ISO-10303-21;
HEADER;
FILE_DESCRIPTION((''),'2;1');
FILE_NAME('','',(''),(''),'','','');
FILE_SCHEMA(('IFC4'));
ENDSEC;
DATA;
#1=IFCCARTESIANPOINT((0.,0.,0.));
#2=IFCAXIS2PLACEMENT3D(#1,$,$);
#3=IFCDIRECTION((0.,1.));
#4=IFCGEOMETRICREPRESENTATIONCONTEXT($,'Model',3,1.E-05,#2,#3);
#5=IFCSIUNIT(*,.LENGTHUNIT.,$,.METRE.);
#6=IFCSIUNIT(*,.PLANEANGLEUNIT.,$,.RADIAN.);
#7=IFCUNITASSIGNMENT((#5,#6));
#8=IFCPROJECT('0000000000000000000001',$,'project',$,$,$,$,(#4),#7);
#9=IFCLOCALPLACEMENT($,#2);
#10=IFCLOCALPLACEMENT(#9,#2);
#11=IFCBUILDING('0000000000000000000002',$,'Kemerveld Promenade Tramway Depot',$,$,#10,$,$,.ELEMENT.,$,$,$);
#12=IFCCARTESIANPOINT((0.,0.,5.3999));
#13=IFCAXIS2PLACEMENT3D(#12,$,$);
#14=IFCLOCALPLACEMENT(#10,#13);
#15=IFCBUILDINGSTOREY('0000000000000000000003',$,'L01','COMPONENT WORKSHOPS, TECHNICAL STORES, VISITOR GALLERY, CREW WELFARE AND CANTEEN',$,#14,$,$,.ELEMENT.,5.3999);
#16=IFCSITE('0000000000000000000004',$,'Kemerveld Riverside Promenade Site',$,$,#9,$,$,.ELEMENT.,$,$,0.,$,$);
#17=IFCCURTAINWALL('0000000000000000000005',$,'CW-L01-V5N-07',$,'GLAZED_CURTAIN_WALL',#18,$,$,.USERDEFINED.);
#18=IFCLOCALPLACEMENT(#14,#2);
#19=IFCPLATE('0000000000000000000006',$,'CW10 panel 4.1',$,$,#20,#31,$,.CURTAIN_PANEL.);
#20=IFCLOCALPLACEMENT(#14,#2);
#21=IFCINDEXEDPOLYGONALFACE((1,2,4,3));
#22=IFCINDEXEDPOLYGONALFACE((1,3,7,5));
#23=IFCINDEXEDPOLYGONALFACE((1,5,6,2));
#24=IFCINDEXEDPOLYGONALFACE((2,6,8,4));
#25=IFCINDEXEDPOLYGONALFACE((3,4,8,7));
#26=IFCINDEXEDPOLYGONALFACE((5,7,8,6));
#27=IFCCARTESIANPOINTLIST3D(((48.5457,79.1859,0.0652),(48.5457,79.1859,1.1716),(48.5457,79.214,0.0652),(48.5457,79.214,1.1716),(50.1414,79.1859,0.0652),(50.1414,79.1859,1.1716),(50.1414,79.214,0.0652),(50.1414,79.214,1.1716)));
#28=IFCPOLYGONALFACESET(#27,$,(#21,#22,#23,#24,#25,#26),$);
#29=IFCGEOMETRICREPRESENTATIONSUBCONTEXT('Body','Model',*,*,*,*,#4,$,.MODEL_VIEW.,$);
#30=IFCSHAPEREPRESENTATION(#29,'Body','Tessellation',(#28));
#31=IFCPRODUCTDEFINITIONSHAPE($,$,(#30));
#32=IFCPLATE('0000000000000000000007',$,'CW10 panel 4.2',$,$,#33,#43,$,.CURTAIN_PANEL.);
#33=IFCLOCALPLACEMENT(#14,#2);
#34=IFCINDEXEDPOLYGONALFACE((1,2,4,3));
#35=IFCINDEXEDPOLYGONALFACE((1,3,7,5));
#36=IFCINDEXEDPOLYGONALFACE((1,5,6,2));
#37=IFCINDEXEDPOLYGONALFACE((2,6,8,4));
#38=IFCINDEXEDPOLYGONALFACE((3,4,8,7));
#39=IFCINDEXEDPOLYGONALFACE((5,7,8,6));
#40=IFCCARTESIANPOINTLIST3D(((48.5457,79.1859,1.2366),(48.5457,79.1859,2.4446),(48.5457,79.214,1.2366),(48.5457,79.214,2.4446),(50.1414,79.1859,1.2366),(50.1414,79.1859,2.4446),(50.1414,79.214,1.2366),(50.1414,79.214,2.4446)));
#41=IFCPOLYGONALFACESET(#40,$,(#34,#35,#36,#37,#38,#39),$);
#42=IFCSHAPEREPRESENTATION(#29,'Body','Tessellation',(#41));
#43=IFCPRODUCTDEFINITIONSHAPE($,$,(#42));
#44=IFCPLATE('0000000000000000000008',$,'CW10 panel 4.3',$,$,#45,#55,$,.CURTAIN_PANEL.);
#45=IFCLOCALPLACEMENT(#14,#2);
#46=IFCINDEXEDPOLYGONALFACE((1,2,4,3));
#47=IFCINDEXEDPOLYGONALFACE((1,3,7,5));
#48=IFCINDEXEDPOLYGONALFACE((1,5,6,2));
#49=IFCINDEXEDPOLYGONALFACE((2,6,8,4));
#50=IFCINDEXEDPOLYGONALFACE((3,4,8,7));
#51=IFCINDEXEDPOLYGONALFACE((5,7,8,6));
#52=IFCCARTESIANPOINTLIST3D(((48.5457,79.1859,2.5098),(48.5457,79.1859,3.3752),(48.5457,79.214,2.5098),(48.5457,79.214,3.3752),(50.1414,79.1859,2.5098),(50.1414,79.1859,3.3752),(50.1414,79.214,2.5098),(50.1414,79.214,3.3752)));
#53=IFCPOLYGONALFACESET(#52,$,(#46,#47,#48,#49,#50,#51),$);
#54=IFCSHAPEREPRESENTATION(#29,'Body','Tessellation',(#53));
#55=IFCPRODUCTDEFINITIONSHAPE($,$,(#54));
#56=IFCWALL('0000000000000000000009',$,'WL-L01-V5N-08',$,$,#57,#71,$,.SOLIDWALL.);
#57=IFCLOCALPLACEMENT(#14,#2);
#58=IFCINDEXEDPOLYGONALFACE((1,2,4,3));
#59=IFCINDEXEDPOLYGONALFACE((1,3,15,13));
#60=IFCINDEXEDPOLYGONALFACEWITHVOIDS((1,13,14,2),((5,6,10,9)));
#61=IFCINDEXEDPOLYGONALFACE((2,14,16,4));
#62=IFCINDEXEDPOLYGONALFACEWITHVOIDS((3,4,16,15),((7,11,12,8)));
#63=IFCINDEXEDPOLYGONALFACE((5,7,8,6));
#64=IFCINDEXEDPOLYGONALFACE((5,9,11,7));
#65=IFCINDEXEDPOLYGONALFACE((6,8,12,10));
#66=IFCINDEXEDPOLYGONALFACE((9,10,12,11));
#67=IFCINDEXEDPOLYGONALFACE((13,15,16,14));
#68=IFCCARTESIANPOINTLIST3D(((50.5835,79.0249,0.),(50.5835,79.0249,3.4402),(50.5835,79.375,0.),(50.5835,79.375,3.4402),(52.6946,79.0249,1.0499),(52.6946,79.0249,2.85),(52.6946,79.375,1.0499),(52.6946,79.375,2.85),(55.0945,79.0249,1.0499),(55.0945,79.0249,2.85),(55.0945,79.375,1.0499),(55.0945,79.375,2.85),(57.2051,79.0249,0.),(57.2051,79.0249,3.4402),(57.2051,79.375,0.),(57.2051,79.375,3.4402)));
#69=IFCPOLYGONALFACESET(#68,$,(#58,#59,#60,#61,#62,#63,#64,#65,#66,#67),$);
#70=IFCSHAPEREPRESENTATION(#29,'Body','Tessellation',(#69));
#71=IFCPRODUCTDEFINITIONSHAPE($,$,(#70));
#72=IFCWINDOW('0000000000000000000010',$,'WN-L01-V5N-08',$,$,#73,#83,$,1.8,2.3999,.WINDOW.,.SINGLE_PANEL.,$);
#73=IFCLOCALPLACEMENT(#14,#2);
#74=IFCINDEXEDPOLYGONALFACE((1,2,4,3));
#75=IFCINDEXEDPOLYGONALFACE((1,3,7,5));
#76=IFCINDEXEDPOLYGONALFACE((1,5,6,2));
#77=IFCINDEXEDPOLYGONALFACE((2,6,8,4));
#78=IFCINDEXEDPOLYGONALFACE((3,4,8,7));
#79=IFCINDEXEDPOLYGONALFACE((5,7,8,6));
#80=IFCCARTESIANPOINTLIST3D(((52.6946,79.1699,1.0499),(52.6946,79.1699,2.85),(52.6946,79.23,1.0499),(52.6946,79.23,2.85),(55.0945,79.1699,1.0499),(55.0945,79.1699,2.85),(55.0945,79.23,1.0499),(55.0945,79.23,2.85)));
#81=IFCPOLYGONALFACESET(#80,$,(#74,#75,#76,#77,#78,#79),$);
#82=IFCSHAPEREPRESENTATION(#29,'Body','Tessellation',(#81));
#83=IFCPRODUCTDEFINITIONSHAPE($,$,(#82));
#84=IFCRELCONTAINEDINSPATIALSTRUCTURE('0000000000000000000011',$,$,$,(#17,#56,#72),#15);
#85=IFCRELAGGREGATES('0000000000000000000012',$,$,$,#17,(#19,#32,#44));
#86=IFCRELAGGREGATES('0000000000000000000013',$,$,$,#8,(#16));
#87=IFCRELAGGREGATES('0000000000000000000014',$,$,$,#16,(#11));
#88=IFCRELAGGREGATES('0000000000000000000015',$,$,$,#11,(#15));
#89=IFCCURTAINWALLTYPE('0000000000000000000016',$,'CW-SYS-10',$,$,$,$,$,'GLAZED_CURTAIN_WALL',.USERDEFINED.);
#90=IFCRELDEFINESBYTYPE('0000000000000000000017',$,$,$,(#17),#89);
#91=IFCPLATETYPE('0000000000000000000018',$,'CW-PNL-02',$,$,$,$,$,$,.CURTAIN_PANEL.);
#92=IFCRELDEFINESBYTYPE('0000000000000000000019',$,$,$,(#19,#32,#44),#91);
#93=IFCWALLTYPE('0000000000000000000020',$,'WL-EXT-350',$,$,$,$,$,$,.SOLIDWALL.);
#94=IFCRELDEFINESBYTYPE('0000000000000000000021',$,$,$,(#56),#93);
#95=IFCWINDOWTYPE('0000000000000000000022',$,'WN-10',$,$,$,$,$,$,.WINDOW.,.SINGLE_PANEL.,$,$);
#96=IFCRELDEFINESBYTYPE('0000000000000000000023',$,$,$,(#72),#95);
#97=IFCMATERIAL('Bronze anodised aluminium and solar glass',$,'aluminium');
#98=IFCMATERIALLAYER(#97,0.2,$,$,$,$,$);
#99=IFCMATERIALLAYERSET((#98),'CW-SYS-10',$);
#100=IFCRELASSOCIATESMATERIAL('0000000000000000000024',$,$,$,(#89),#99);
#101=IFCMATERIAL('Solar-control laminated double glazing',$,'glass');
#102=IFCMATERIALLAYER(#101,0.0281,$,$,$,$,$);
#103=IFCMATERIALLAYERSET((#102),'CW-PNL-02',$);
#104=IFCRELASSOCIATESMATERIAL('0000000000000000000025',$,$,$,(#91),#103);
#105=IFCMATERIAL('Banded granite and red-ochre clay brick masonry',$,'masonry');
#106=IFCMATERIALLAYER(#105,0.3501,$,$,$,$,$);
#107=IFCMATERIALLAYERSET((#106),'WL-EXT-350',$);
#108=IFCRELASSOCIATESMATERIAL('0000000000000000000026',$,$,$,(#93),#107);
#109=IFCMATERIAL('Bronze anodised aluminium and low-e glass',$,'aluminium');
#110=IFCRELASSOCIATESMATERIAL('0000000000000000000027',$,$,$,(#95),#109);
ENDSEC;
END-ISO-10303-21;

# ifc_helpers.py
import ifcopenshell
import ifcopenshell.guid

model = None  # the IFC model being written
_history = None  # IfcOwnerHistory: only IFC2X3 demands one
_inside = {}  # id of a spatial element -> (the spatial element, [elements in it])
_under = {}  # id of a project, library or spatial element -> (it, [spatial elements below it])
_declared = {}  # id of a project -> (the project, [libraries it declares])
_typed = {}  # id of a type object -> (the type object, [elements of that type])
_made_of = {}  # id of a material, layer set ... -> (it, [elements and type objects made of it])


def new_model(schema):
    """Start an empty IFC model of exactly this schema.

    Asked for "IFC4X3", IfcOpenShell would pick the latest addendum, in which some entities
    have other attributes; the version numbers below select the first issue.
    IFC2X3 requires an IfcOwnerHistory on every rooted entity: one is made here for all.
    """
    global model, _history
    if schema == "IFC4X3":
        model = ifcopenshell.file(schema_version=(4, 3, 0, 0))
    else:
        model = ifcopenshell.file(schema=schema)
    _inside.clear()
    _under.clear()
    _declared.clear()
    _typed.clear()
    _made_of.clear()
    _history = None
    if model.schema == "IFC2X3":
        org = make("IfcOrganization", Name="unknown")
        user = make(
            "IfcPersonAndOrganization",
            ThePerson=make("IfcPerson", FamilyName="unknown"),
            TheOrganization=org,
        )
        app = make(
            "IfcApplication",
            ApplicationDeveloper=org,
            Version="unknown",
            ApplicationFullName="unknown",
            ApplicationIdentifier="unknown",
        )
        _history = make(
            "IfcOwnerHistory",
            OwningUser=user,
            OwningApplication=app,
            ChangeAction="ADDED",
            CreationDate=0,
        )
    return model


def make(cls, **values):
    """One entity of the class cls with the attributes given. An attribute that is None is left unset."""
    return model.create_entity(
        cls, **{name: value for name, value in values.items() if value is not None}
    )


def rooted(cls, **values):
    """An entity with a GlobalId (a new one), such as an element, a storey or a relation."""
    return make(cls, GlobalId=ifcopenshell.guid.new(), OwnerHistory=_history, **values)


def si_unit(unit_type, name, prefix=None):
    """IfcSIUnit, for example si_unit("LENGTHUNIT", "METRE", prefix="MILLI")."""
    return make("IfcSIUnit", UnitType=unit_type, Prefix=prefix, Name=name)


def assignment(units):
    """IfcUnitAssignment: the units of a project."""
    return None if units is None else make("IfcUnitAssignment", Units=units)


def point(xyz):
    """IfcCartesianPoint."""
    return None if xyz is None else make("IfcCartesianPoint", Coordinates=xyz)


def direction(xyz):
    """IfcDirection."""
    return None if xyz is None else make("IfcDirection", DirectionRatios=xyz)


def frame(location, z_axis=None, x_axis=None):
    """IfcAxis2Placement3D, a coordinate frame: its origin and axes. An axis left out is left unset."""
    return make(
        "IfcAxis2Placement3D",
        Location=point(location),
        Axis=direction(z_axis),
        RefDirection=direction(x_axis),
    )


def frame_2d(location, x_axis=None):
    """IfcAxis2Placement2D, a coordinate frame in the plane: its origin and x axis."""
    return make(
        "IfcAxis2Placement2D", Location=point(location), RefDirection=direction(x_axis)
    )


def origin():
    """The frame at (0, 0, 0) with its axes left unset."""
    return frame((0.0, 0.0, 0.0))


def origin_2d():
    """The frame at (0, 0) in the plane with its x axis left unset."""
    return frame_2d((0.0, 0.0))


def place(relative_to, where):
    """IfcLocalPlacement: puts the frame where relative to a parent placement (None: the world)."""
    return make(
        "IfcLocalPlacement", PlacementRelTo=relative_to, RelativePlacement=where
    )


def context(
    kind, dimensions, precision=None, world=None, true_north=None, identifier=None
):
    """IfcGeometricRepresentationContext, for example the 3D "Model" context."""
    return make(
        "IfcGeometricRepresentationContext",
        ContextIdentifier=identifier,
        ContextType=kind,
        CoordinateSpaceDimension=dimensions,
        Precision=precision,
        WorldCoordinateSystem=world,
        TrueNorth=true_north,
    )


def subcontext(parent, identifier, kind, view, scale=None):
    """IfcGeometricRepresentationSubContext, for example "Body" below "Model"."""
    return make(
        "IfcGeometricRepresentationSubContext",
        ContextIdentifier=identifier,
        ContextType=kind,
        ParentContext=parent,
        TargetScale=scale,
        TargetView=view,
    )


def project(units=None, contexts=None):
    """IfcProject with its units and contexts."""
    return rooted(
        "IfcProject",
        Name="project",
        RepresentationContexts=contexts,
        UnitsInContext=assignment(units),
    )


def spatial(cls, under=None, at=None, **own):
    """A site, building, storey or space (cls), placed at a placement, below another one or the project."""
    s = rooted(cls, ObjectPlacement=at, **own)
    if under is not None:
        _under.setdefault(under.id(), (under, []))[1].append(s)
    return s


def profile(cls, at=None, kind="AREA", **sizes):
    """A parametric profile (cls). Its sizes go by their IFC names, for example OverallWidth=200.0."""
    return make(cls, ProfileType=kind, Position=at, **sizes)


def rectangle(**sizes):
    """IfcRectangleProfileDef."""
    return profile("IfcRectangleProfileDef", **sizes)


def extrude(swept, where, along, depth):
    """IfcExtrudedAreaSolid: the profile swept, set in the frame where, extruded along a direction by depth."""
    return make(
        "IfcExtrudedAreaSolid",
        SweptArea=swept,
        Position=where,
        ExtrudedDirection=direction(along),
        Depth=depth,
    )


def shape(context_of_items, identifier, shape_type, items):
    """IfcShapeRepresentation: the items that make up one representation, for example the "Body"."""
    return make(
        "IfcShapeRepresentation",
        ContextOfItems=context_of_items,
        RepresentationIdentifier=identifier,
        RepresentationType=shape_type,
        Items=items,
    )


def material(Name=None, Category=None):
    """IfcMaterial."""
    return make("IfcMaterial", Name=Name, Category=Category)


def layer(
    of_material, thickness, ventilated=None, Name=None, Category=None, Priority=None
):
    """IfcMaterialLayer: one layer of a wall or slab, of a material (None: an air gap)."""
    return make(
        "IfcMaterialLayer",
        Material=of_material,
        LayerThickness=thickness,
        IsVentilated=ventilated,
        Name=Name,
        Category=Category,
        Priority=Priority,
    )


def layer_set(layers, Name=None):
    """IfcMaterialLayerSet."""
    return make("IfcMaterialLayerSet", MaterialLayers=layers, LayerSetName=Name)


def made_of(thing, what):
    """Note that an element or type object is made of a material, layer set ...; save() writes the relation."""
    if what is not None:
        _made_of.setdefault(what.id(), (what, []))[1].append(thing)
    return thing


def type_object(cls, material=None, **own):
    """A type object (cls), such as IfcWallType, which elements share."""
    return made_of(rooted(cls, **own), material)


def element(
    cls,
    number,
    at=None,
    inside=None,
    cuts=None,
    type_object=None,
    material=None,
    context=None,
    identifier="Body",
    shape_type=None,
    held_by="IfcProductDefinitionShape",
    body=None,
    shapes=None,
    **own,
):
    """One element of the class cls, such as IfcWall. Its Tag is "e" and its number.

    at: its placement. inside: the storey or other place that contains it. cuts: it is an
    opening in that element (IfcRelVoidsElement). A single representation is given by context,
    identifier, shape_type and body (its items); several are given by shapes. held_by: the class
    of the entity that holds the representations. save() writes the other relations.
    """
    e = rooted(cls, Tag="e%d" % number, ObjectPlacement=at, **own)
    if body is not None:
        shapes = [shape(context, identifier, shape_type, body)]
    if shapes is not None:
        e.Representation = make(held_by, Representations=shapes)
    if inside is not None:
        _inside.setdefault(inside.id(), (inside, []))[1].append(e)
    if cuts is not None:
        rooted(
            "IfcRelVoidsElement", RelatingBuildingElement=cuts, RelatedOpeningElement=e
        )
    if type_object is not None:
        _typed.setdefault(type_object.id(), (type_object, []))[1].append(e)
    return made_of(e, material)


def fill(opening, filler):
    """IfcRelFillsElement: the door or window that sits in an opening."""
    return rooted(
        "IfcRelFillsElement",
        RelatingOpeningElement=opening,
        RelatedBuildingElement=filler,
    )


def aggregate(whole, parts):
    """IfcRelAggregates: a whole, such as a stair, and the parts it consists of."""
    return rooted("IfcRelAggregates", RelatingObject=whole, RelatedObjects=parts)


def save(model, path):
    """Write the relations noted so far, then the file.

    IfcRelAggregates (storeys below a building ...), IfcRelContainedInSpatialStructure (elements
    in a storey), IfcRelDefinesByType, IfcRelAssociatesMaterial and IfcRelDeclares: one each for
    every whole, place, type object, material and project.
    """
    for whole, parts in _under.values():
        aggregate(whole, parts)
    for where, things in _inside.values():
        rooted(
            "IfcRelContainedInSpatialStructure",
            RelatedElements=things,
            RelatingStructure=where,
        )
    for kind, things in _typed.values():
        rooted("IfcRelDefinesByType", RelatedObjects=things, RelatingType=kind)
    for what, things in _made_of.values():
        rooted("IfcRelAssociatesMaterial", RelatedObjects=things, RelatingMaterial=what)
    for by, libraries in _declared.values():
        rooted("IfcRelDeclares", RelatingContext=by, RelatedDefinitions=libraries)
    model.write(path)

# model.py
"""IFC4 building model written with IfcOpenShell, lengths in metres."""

from ifc_helpers import new_model, si_unit, direction, frame, frame_2d, origin, origin_2d, place, context, subcontext, project, spatial, rectangle, extrude, material, layer, layer_set, type_object, element, fill, aggregate, save


model = new_model("IFC4")

# Units and contexts
model_context = context("Model", 3, precision=1e-05, world=origin(), true_north=direction((0.0, 1.0)))
body_context = subcontext(model_context, "Body", "Model", "MODEL_VIEW")
ifc_project = project(units=[si_unit("LENGTHUNIT", "METRE"), si_unit("PLANEANGLEUNIT", "RADIAN")], contexts=[model_context])

# Site, building, storey
site_placement = place(None, origin())
site = spatial("IfcSite", under=ifc_project, at=site_placement, Name="Kemerveld Riverside Promenade Site", CompositionType="ELEMENT", RefElevation=0.0)
building_placement = place(site_placement, origin())
building = spatial("IfcBuilding", under=site, at=building_placement, Name="Kemerveld Promenade Tramway Depot", CompositionType="ELEMENT")
storey_placement = place(building_placement, frame((0.0, 0.0, 5.3999)))
storey = spatial("IfcBuildingStorey", under=building, at=storey_placement, Name="L01", Description="COMPONENT WORKSHOPS, TECHNICAL STORES, VISITOR GALLERY, CREW WELFARE AND CANTEEN", CompositionType="ELEMENT", Elevation=5.3999)

# Curtain wall, plates
ifc_material_1 = material(Name="Bronze anodised aluminium and solar glass", Category="aluminium")
ifc_layer_1 = layer(ifc_material_1, 0.2)
ifc_layer_set_1 = layer_set([ifc_layer_1], Name="CW-SYS-10")
curtain_wall_type = type_object("IfcCurtainWallType", Name="CW-SYS-10", ElementType="GLAZED_CURTAIN_WALL", PredefinedType="USERDEFINED", material=ifc_layer_set_1)
curtain_wall_placement = place(storey_placement, origin())
curtain_wall = element("IfcCurtainWall", 1, at=curtain_wall_placement, inside=storey, type_object=curtain_wall_type, Name="CW-L01-V5N-07", ObjectType="GLAZED_CURTAIN_WALL", PredefinedType="USERDEFINED")
ifc_material_2 = material(Name="Solar-control laminated double glazing", Category="glass")
ifc_layer_2 = layer(ifc_material_2, 0.0281)
ifc_layer_set_2 = layer_set([ifc_layer_2], Name="CW-PNL-02")
plate_type = type_object("IfcPlateType", Name="CW-PNL-02", PredefinedType="CURTAIN_PANEL", material=ifc_layer_set_2)
plate_1_placement = place(storey_placement, frame((49.3435, 79.2, 0.0652), z_axis=(0.0, 0.0, 1.0), x_axis=(1.0, 0.0, 0.0)))
plate_1 = element("IfcPlate", 2, at=plate_1_placement, type_object=plate_type, Name="CW10 panel 4.1", PredefinedType="CURTAIN_PANEL", context=body_context, shape_type="SweptSolid", body=[
    extrude(rectangle(XDim=1.5957, YDim=0.0281, at=origin_2d()), origin(), (0.0, 0.0, 1.0), 1.1064),
])
plate_2_placement = place(storey_placement, frame((49.3435, 79.2, 1.2366), z_axis=(0.0, 0.0, 1.0), x_axis=(1.0, 0.0, 0.0)))
plate_2 = element("IfcPlate", 3, at=plate_2_placement, type_object=plate_type, Name="CW10 panel 4.2", PredefinedType="CURTAIN_PANEL", context=body_context, shape_type="SweptSolid", body=[
    extrude(rectangle(XDim=1.5957, YDim=0.0281, at=origin_2d()), origin(), (0.0, 0.0, 1.0), 1.208),
])
plate_3_placement = place(storey_placement, frame((49.3435, 79.2, 2.5098), z_axis=(0.0, 0.0, 1.0), x_axis=(1.0, 0.0, 0.0)))
plate_3 = element("IfcPlate", 4, at=plate_3_placement, type_object=plate_type, Name="CW10 panel 4.3", PredefinedType="CURTAIN_PANEL", context=body_context, shape_type="SweptSolid", body=[
    extrude(rectangle(XDim=1.5957, YDim=0.0281, at=origin_2d()), origin(), (0.0, 0.0, 1.0), 0.8655),
])
aggregate(curtain_wall, [plate_1, plate_2, plate_3])

# Wall, opening, window
ifc_material_3 = material(Name="Banded granite and red-ochre clay brick masonry", Category="masonry")
ifc_layer_3 = layer(ifc_material_3, 0.3501)
ifc_layer_set_3 = layer_set([ifc_layer_3], Name="WL-EXT-350")
wall_type = type_object("IfcWallType", Name="WL-EXT-350", PredefinedType="SOLIDWALL", material=ifc_layer_set_3)
wall_placement = place(storey_placement, frame((50.5835, 79.2, 0.0), z_axis=(0.0, 0.0, 1.0), x_axis=(1.0, 0.0, 0.0)))
wall = element("IfcWall", 5, at=wall_placement, inside=storey, type_object=wall_type, Name="WL-L01-V5N-08", PredefinedType="SOLIDWALL", context=body_context, shape_type="SweptSolid", body=[
    extrude(rectangle(XDim=6.6216, YDim=0.3501, at=frame_2d((3.3108, 0.0))), origin(), (0.0, 0.0, 1.0), 3.4402),
])
opening_placement = place(wall_placement, frame((2.1111, 0.0, 1.05)))
opening = element("IfcOpeningElement", 6, at=opening_placement, cuts=wall, PredefinedType="OPENING", context=body_context, shape_type="SweptSolid", body=[
    extrude(rectangle(XDim=2.3999, YDim=1.8, at=frame_2d((1.2, 0.8999))), frame((0.0, 0.1851, 0.0), z_axis=(0.0, -1.0, 0.0), x_axis=(1.0, 0.0, 0.0)), (0.0, 0.0, 1.0), 0.3701),
])
ifc_material_4 = material(Name="Bronze anodised aluminium and low-e glass", Category="aluminium")
window_type = type_object("IfcWindowType", Name="WN-10", PartitioningType="SINGLE_PANEL", PredefinedType="WINDOW", material=ifc_material_4)
window_placement = place(opening_placement, origin())
window = element("IfcWindow", 7, at=window_placement, inside=storey, type_object=window_type, Name="WN-L01-V5N-08", OverallHeight=1.8, OverallWidth=2.3999, PartitioningType="SINGLE_PANEL", PredefinedType="WINDOW", context=body_context, shape_type="SweptSolid", body=[
    extrude(rectangle(XDim=2.3999, YDim=1.8, at=frame_2d((1.2, 0.8999))), frame((0.0, 0.03, 0.0), z_axis=(0.0, -1.0, 0.0), x_axis=(1.0, 0.0, 0.0)), (0.0, 0.0, 1.0), 0.0601),
])
fill(opening, window)

save(model, "model.ifc")
